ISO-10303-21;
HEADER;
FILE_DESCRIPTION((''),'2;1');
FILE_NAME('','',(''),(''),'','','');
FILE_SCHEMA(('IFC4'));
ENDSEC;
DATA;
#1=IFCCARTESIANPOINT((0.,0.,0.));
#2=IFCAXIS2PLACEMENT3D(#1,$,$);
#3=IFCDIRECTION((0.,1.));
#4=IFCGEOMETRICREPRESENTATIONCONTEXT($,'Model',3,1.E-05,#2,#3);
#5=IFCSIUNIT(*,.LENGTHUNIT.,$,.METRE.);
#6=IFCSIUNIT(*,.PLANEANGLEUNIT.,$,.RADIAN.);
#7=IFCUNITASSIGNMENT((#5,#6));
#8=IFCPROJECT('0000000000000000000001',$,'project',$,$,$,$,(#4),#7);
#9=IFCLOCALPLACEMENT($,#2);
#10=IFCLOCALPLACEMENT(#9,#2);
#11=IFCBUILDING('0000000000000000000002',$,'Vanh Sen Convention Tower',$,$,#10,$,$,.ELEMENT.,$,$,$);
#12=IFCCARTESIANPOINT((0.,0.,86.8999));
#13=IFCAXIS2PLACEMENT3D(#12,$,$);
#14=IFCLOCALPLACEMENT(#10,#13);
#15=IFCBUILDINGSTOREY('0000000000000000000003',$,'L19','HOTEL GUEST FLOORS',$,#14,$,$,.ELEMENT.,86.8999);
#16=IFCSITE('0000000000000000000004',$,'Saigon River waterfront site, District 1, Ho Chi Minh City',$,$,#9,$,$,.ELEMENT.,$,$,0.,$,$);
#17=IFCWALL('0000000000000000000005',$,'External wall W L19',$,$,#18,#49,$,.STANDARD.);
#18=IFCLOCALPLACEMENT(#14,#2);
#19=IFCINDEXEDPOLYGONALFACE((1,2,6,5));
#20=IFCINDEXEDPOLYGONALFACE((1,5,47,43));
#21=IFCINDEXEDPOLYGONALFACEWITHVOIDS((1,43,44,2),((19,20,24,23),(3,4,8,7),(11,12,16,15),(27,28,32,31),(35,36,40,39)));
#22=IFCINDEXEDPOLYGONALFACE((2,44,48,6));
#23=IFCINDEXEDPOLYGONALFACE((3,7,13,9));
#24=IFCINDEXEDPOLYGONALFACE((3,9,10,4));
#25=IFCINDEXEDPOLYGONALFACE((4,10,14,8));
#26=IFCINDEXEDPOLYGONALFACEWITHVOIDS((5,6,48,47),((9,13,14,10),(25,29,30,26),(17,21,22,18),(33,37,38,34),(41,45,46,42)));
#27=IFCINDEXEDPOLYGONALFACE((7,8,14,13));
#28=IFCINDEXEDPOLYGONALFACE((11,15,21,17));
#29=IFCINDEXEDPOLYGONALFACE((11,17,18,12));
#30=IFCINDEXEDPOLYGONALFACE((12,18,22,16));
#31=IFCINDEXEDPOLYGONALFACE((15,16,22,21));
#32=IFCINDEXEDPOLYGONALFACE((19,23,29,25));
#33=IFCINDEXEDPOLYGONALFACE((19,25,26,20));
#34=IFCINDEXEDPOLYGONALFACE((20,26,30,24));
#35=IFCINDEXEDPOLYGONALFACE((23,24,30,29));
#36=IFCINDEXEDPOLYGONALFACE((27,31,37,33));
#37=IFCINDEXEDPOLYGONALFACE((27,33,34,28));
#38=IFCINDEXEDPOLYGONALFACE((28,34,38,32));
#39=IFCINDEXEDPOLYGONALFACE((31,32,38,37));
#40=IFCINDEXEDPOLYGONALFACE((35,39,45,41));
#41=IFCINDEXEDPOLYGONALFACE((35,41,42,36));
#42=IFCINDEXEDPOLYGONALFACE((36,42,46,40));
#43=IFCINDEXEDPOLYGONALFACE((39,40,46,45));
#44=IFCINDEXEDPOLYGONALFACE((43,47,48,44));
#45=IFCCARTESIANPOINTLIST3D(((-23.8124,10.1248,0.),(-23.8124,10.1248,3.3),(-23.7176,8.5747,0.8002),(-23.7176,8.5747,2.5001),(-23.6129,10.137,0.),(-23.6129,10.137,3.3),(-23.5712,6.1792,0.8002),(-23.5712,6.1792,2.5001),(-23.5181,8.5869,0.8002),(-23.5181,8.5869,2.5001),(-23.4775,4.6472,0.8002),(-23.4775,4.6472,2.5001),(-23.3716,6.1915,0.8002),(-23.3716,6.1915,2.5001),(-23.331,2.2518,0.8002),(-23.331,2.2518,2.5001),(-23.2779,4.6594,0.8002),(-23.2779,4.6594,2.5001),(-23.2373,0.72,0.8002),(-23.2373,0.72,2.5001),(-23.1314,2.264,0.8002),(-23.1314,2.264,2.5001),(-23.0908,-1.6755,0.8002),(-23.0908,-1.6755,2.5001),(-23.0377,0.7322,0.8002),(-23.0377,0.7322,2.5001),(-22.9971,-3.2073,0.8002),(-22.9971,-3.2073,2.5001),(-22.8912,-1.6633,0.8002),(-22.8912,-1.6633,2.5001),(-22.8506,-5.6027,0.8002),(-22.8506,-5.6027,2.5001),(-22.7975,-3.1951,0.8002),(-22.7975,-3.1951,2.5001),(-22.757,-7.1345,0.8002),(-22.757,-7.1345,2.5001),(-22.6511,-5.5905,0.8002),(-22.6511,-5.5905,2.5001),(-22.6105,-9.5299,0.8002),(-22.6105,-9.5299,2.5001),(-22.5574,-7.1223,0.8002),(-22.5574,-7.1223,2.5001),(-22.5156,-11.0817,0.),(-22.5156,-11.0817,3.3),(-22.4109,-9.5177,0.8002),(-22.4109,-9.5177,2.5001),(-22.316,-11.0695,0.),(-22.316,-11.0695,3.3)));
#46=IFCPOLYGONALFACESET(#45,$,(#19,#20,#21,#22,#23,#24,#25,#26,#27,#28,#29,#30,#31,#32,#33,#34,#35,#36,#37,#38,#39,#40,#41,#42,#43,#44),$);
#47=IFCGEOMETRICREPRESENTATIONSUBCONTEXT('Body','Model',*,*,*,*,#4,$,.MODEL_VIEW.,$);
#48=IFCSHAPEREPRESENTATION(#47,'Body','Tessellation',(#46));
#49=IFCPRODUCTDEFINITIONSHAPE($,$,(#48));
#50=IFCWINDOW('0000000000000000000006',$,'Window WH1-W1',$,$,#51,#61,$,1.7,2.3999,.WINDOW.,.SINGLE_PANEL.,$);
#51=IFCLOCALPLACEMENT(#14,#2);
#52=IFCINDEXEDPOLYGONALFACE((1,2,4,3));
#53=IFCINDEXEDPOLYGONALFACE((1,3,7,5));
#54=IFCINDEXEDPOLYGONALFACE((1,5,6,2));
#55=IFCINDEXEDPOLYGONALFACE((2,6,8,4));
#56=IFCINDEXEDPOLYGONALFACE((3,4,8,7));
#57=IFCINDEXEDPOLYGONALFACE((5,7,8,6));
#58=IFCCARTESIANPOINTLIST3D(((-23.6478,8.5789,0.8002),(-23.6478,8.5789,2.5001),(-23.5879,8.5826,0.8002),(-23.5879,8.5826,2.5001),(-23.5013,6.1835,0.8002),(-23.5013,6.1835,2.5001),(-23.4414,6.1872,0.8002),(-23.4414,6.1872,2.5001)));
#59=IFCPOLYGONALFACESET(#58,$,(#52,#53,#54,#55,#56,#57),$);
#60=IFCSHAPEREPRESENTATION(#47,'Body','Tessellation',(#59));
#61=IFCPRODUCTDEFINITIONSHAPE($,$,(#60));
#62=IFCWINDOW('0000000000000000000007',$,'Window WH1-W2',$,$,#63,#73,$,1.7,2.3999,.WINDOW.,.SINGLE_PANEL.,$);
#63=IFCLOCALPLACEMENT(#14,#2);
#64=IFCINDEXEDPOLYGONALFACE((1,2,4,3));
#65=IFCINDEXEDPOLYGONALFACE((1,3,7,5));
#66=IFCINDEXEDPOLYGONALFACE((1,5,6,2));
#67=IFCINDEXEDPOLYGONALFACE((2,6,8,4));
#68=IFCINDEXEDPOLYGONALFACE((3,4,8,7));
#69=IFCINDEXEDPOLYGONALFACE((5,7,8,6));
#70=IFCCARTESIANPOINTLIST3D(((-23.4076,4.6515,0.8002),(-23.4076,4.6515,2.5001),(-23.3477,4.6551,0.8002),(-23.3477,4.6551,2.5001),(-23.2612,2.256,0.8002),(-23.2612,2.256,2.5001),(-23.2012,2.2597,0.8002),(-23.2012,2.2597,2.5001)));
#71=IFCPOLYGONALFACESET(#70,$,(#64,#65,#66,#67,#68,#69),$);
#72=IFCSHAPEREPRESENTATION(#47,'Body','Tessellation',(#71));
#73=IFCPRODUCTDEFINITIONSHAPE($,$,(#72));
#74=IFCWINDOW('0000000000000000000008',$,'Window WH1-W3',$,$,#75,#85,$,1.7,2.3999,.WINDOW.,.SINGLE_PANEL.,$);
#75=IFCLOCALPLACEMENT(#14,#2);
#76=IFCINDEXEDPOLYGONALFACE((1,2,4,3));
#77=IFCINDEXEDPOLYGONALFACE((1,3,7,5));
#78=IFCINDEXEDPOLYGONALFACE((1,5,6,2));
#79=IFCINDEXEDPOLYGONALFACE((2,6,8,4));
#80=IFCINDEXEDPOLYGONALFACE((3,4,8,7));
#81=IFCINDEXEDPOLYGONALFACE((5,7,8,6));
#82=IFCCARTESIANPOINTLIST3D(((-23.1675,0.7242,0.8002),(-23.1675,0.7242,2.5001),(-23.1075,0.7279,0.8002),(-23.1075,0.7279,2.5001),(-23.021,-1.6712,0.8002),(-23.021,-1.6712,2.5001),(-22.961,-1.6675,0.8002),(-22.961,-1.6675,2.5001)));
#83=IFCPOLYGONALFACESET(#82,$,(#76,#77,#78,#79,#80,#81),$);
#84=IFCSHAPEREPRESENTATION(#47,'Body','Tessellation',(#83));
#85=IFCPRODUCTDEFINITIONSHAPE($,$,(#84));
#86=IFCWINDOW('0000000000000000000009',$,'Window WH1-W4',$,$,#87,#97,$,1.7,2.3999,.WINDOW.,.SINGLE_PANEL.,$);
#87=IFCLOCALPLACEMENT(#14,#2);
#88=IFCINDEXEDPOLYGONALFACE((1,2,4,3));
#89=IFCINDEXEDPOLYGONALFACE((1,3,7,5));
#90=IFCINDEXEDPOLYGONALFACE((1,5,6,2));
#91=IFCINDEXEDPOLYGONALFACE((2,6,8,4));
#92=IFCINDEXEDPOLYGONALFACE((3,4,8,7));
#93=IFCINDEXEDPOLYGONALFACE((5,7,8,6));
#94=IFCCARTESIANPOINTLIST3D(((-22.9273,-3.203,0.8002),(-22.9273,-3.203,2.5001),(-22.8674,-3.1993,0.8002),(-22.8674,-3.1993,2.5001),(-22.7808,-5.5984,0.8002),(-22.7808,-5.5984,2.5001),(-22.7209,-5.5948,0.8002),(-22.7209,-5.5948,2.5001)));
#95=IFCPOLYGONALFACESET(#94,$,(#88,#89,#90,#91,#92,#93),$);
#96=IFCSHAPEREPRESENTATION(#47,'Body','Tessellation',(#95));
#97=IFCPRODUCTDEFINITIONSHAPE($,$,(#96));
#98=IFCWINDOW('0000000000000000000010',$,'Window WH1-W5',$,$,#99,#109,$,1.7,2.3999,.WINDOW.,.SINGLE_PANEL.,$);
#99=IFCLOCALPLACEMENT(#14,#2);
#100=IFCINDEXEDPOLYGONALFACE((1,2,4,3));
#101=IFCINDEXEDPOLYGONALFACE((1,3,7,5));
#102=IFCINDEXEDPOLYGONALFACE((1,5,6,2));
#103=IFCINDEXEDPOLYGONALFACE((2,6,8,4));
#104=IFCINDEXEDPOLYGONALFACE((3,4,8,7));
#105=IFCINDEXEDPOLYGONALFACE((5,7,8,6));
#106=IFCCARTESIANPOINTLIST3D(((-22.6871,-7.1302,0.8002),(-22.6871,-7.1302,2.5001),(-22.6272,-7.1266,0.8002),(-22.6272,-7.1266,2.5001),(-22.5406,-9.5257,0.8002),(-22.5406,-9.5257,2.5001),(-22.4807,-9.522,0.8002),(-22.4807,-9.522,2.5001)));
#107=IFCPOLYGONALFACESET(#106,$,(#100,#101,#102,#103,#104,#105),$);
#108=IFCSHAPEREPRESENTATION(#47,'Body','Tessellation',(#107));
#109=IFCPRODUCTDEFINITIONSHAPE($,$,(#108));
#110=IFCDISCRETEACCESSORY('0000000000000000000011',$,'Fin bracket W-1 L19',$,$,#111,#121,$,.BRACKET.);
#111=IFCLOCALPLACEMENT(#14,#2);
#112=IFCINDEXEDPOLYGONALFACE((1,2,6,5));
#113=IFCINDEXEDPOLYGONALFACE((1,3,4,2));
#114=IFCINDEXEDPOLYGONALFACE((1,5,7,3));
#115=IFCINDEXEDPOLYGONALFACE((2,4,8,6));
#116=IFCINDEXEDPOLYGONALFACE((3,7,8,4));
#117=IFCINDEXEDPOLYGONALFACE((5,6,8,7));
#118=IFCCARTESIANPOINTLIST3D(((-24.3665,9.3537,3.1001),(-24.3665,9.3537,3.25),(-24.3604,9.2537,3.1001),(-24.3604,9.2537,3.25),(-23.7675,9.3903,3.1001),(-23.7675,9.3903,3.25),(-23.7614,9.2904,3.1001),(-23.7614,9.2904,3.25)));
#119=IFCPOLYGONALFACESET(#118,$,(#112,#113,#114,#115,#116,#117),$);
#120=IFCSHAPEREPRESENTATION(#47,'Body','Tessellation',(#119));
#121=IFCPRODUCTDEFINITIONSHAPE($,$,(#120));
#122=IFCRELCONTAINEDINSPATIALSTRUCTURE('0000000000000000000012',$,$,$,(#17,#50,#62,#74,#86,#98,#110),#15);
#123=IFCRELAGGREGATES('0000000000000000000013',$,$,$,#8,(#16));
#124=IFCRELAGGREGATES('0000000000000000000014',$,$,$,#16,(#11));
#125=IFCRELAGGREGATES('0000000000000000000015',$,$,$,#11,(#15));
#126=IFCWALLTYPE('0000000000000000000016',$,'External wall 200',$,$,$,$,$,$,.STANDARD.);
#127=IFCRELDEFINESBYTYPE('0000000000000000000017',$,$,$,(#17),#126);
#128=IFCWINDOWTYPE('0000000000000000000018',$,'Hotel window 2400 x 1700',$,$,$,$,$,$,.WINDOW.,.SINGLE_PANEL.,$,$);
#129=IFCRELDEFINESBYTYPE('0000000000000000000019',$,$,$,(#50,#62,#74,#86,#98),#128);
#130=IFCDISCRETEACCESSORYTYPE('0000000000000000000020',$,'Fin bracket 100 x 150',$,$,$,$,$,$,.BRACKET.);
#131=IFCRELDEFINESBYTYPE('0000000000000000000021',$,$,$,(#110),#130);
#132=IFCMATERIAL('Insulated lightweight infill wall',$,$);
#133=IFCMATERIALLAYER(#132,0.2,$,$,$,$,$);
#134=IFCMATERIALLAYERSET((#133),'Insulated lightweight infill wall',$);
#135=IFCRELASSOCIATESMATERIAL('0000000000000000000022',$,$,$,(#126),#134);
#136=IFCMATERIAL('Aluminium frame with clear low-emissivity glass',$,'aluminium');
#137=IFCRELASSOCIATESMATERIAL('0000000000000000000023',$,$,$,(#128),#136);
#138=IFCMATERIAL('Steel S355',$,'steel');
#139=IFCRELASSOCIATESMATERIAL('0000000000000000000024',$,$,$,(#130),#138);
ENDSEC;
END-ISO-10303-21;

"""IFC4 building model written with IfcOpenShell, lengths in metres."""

from ifc_helpers import new_model, si_unit, direction, frame, frame_2d, origin, origin_2d, place, context, subcontext, project, spatial, rectangle, extrude, material, layer, layer_set, type_object, element, fill, save


model = new_model("IFC4")

# Units and contexts
model_context = context("Model", 3, precision=1e-05, world=origin(), true_north=direction((0.0, 1.0)))
body_context = subcontext(model_context, "Body", "Model", "MODEL_VIEW")
ifc_project = project(units=[si_unit("LENGTHUNIT", "METRE"), si_unit("PLANEANGLEUNIT", "RADIAN")], contexts=[model_context])

# Site, building, storey
site_placement = place(None, origin())
site = spatial("IfcSite", under=ifc_project, at=site_placement, Name="Saigon River waterfront site, District 1, Ho Chi Minh City", CompositionType="ELEMENT", RefElevation=0.0)
building_placement = place(site_placement, origin())
building = spatial("IfcBuilding", under=site, at=building_placement, Name="Vanh Sen Convention Tower", CompositionType="ELEMENT")
storey_placement = place(building_placement, frame((0.0, 0.0, 86.8999)))
storey = spatial("IfcBuildingStorey", under=building, at=storey_placement, Name="L19", Description="HOTEL GUEST FLOORS", CompositionType="ELEMENT", Elevation=86.8999)

# Wall, openings, windows
ifc_material_1 = material(Name="Insulated lightweight infill wall")
ifc_layer_1 = layer(ifc_material_1, 0.2)
ifc_layer_set_1 = layer_set([ifc_layer_1], Name="Insulated lightweight infill wall")
wall_type = type_object("IfcWallType", Name="External wall 200", PredefinedType="STANDARD", material=ifc_layer_set_1)
wall_placement = place(storey_placement, frame((-23.7126, 10.1309, 0.0), z_axis=(0.0, 0.0, 1.0), x_axis=(0.06104, -0.998135, 0.0)))
wall = element("IfcWall", 1, at=wall_placement, inside=storey, type_object=wall_type, Name="External wall W L19", PredefinedType="STANDARD", context=body_context, shape_type="SweptSolid", body=[
    extrude(rectangle(XDim=21.2461, YDim=0.2, at=frame_2d((10.623, 0.0))), origin(), (0.0, 0.0, 1.0), 3.3),
])
opening_1_placement = place(wall_placement, frame((1.553, 0.0, 0.8)))
opening_1 = element("IfcOpeningElement", 2, at=opening_1_placement, cuts=wall, PredefinedType="OPENING", context=body_context, shape_type="SweptSolid", body=[
    extrude(rectangle(XDim=2.3999, YDim=1.7, at=frame_2d((1.2, 0.8501))), frame((0.0, 0.1099, 0.0), z_axis=(0.0, -1.0, 0.0), x_axis=(1.0, 0.0, 0.0)), (0.0, 0.0, 1.0), 0.22),
])
opening_2_placement = place(wall_placement, frame((5.4878, 0.0, 0.8)))
opening_2 = element("IfcOpeningElement", 3, at=opening_2_placement, cuts=wall, PredefinedType="OPENING", context=body_context, shape_type="SweptSolid", body=[
    extrude(rectangle(XDim=2.3999, YDim=1.7, at=frame_2d((1.2, 0.8501))), frame((0.0, 0.1099, 0.0), z_axis=(0.0, -1.0, 0.0), x_axis=(1.0, 0.0, 0.0)), (0.0, 0.0, 1.0), 0.22),
])
opening_3_placement = place(wall_placement, frame((9.4224, 0.0, 0.8)))
opening_3 = element("IfcOpeningElement", 4, at=opening_3_placement, cuts=wall, PredefinedType="OPENING", context=body_context, shape_type="SweptSolid", body=[
    extrude(rectangle(XDim=2.3999, YDim=1.7, at=frame_2d((1.2, 0.8501))), frame((0.0, 0.1099, 0.0), z_axis=(0.0, -1.0, 0.0), x_axis=(1.0, 0.0, 0.0)), (0.0, 0.0, 1.0), 0.22),
])
opening_4_placement = place(wall_placement, frame((13.3569, 0.0, 0.8)))
opening_4 = element("IfcOpeningElement", 5, at=opening_4_placement, cuts=wall, PredefinedType="OPENING", context=body_context, shape_type="SweptSolid", body=[
    extrude(rectangle(XDim=2.3999, YDim=1.7, at=frame_2d((1.2, 0.8501))), frame((0.0, 0.1099, 0.0), z_axis=(0.0, -1.0, 0.0), x_axis=(1.0, 0.0, 0.0)), (0.0, 0.0, 1.0), 0.22),
])
opening_5_placement = place(wall_placement, frame((17.2915, 0.0, 0.8)))
opening_5 = element("IfcOpeningElement", 6, at=opening_5_placement, cuts=wall, PredefinedType="OPENING", context=body_context, shape_type="SweptSolid", body=[
    extrude(rectangle(XDim=2.3999, YDim=1.7, at=frame_2d((1.2, 0.8501))), frame((0.0, 0.1099, 0.0), z_axis=(0.0, -1.0, 0.0), x_axis=(1.0, 0.0, 0.0)), (0.0, 0.0, 1.0), 0.22),
])
ifc_material_2 = material(Name="Aluminium frame with clear low-emissivity glass", Category="aluminium")
window_type = type_object("IfcWindowType", Name="Hotel window 2400 x 1700", PartitioningType="SINGLE_PANEL", PredefinedType="WINDOW", material=ifc_material_2)
window_1_placement = place(opening_1_placement, origin())
window_1 = element("IfcWindow", 7, at=window_1_placement, inside=storey, type_object=window_type, Name="Window WH1-W1", OverallHeight=1.7, OverallWidth=2.3999, PartitioningType="SINGLE_PANEL", PredefinedType="WINDOW", context=body_context, shape_type="SweptSolid", body=[
    extrude(rectangle(XDim=2.3999, YDim=1.7, at=frame_2d((1.2, 0.8501))), frame((0.0, 0.03, 0.0), z_axis=(0.0, -1.0, 0.0), x_axis=(1.0, 0.0, 0.0)), (0.0, 0.0, 1.0), 0.0601),
])
fill(opening_1, window_1)
window_2_placement = place(opening_2_placement, origin())
window_2 = element("IfcWindow", 8, at=window_2_placement, inside=storey, type_object=window_type, Name="Window WH1-W2", OverallHeight=1.7, OverallWidth=2.3999, PartitioningType="SINGLE_PANEL", PredefinedType="WINDOW", context=body_context, shape_type="SweptSolid", body=[
    extrude(rectangle(XDim=2.3999, YDim=1.7, at=frame_2d((1.2, 0.8501))), frame((0.0, 0.03, 0.0), z_axis=(0.0, -1.0, 0.0), x_axis=(1.0, 0.0, 0.0)), (0.0, 0.0, 1.0), 0.0601),
])
fill(opening_2, window_2)
window_3_placement = place(opening_3_placement, origin())
window_3 = element("IfcWindow", 9, at=window_3_placement, inside=storey, type_object=window_type, Name="Window WH1-W3", OverallHeight=1.7, OverallWidth=2.3999, PartitioningType="SINGLE_PANEL", PredefinedType="WINDOW", context=body_context, shape_type="SweptSolid", body=[
    extrude(rectangle(XDim=2.3999, YDim=1.7, at=frame_2d((1.2, 0.8501))), frame((0.0, 0.03, 0.0), z_axis=(0.0, -1.0, 0.0), x_axis=(1.0, 0.0, 0.0)), (0.0, 0.0, 1.0), 0.0601),
])
fill(opening_3, window_3)
window_4_placement = place(opening_4_placement, origin())
window_4 = element("IfcWindow", 10, at=window_4_placement, inside=storey, type_object=window_type, Name="Window WH1-W4", OverallHeight=1.7, OverallWidth=2.3999, PartitioningType="SINGLE_PANEL", PredefinedType="WINDOW", context=body_context, shape_type="SweptSolid", body=[
    extrude(rectangle(XDim=2.3999, YDim=1.7, at=frame_2d((1.2, 0.8501))), frame((0.0, 0.03, 0.0), z_axis=(0.0, -1.0, 0.0), x_axis=(1.0, 0.0, 0.0)), (0.0, 0.0, 1.0), 0.0601),
])
fill(opening_4, window_4)
window_5_placement = place(opening_5_placement, origin())
window_5 = element("IfcWindow", 11, at=window_5_placement, inside=storey, type_object=window_type, Name="Window WH1-W5", OverallHeight=1.7, OverallWidth=2.3999, PartitioningType="SINGLE_PANEL", PredefinedType="WINDOW", context=body_context, shape_type="SweptSolid", body=[
    extrude(rectangle(XDim=2.3999, YDim=1.7, at=frame_2d((1.2, 0.8501))), frame((0.0, 0.03, 0.0), z_axis=(0.0, -1.0, 0.0), x_axis=(1.0, 0.0, 0.0)), (0.0, 0.0, 1.0), 0.0601),
])
fill(opening_5, window_5)

# Discrete accessory
ifc_material_3 = material(Name="Steel S355", Category="steel")
discrete_accessory_type = type_object("IfcDiscreteAccessoryType", Name="Fin bracket 100 x 150", PredefinedType="BRACKET", material=ifc_material_3)
discrete_accessory_placement = place(storey_placement, frame((-24.064, 9.322, 3.1001), z_axis=(0.0, 0.0, 1.0), x_axis=(-0.998135, -0.061049, 0.0)))
element("IfcDiscreteAccessory", 12, at=discrete_accessory_placement, inside=storey, type_object=discrete_accessory_type, Name="Fin bracket W-1 L19", PredefinedType="BRACKET", context=body_context, shape_type="SweptSolid", body=[
    extrude(rectangle(XDim=0.6001, YDim=0.1001, at=origin_2d()), origin(), (0.0, 0.0, 1.0), 0.1499),
])

save(model, "model.ifc")
